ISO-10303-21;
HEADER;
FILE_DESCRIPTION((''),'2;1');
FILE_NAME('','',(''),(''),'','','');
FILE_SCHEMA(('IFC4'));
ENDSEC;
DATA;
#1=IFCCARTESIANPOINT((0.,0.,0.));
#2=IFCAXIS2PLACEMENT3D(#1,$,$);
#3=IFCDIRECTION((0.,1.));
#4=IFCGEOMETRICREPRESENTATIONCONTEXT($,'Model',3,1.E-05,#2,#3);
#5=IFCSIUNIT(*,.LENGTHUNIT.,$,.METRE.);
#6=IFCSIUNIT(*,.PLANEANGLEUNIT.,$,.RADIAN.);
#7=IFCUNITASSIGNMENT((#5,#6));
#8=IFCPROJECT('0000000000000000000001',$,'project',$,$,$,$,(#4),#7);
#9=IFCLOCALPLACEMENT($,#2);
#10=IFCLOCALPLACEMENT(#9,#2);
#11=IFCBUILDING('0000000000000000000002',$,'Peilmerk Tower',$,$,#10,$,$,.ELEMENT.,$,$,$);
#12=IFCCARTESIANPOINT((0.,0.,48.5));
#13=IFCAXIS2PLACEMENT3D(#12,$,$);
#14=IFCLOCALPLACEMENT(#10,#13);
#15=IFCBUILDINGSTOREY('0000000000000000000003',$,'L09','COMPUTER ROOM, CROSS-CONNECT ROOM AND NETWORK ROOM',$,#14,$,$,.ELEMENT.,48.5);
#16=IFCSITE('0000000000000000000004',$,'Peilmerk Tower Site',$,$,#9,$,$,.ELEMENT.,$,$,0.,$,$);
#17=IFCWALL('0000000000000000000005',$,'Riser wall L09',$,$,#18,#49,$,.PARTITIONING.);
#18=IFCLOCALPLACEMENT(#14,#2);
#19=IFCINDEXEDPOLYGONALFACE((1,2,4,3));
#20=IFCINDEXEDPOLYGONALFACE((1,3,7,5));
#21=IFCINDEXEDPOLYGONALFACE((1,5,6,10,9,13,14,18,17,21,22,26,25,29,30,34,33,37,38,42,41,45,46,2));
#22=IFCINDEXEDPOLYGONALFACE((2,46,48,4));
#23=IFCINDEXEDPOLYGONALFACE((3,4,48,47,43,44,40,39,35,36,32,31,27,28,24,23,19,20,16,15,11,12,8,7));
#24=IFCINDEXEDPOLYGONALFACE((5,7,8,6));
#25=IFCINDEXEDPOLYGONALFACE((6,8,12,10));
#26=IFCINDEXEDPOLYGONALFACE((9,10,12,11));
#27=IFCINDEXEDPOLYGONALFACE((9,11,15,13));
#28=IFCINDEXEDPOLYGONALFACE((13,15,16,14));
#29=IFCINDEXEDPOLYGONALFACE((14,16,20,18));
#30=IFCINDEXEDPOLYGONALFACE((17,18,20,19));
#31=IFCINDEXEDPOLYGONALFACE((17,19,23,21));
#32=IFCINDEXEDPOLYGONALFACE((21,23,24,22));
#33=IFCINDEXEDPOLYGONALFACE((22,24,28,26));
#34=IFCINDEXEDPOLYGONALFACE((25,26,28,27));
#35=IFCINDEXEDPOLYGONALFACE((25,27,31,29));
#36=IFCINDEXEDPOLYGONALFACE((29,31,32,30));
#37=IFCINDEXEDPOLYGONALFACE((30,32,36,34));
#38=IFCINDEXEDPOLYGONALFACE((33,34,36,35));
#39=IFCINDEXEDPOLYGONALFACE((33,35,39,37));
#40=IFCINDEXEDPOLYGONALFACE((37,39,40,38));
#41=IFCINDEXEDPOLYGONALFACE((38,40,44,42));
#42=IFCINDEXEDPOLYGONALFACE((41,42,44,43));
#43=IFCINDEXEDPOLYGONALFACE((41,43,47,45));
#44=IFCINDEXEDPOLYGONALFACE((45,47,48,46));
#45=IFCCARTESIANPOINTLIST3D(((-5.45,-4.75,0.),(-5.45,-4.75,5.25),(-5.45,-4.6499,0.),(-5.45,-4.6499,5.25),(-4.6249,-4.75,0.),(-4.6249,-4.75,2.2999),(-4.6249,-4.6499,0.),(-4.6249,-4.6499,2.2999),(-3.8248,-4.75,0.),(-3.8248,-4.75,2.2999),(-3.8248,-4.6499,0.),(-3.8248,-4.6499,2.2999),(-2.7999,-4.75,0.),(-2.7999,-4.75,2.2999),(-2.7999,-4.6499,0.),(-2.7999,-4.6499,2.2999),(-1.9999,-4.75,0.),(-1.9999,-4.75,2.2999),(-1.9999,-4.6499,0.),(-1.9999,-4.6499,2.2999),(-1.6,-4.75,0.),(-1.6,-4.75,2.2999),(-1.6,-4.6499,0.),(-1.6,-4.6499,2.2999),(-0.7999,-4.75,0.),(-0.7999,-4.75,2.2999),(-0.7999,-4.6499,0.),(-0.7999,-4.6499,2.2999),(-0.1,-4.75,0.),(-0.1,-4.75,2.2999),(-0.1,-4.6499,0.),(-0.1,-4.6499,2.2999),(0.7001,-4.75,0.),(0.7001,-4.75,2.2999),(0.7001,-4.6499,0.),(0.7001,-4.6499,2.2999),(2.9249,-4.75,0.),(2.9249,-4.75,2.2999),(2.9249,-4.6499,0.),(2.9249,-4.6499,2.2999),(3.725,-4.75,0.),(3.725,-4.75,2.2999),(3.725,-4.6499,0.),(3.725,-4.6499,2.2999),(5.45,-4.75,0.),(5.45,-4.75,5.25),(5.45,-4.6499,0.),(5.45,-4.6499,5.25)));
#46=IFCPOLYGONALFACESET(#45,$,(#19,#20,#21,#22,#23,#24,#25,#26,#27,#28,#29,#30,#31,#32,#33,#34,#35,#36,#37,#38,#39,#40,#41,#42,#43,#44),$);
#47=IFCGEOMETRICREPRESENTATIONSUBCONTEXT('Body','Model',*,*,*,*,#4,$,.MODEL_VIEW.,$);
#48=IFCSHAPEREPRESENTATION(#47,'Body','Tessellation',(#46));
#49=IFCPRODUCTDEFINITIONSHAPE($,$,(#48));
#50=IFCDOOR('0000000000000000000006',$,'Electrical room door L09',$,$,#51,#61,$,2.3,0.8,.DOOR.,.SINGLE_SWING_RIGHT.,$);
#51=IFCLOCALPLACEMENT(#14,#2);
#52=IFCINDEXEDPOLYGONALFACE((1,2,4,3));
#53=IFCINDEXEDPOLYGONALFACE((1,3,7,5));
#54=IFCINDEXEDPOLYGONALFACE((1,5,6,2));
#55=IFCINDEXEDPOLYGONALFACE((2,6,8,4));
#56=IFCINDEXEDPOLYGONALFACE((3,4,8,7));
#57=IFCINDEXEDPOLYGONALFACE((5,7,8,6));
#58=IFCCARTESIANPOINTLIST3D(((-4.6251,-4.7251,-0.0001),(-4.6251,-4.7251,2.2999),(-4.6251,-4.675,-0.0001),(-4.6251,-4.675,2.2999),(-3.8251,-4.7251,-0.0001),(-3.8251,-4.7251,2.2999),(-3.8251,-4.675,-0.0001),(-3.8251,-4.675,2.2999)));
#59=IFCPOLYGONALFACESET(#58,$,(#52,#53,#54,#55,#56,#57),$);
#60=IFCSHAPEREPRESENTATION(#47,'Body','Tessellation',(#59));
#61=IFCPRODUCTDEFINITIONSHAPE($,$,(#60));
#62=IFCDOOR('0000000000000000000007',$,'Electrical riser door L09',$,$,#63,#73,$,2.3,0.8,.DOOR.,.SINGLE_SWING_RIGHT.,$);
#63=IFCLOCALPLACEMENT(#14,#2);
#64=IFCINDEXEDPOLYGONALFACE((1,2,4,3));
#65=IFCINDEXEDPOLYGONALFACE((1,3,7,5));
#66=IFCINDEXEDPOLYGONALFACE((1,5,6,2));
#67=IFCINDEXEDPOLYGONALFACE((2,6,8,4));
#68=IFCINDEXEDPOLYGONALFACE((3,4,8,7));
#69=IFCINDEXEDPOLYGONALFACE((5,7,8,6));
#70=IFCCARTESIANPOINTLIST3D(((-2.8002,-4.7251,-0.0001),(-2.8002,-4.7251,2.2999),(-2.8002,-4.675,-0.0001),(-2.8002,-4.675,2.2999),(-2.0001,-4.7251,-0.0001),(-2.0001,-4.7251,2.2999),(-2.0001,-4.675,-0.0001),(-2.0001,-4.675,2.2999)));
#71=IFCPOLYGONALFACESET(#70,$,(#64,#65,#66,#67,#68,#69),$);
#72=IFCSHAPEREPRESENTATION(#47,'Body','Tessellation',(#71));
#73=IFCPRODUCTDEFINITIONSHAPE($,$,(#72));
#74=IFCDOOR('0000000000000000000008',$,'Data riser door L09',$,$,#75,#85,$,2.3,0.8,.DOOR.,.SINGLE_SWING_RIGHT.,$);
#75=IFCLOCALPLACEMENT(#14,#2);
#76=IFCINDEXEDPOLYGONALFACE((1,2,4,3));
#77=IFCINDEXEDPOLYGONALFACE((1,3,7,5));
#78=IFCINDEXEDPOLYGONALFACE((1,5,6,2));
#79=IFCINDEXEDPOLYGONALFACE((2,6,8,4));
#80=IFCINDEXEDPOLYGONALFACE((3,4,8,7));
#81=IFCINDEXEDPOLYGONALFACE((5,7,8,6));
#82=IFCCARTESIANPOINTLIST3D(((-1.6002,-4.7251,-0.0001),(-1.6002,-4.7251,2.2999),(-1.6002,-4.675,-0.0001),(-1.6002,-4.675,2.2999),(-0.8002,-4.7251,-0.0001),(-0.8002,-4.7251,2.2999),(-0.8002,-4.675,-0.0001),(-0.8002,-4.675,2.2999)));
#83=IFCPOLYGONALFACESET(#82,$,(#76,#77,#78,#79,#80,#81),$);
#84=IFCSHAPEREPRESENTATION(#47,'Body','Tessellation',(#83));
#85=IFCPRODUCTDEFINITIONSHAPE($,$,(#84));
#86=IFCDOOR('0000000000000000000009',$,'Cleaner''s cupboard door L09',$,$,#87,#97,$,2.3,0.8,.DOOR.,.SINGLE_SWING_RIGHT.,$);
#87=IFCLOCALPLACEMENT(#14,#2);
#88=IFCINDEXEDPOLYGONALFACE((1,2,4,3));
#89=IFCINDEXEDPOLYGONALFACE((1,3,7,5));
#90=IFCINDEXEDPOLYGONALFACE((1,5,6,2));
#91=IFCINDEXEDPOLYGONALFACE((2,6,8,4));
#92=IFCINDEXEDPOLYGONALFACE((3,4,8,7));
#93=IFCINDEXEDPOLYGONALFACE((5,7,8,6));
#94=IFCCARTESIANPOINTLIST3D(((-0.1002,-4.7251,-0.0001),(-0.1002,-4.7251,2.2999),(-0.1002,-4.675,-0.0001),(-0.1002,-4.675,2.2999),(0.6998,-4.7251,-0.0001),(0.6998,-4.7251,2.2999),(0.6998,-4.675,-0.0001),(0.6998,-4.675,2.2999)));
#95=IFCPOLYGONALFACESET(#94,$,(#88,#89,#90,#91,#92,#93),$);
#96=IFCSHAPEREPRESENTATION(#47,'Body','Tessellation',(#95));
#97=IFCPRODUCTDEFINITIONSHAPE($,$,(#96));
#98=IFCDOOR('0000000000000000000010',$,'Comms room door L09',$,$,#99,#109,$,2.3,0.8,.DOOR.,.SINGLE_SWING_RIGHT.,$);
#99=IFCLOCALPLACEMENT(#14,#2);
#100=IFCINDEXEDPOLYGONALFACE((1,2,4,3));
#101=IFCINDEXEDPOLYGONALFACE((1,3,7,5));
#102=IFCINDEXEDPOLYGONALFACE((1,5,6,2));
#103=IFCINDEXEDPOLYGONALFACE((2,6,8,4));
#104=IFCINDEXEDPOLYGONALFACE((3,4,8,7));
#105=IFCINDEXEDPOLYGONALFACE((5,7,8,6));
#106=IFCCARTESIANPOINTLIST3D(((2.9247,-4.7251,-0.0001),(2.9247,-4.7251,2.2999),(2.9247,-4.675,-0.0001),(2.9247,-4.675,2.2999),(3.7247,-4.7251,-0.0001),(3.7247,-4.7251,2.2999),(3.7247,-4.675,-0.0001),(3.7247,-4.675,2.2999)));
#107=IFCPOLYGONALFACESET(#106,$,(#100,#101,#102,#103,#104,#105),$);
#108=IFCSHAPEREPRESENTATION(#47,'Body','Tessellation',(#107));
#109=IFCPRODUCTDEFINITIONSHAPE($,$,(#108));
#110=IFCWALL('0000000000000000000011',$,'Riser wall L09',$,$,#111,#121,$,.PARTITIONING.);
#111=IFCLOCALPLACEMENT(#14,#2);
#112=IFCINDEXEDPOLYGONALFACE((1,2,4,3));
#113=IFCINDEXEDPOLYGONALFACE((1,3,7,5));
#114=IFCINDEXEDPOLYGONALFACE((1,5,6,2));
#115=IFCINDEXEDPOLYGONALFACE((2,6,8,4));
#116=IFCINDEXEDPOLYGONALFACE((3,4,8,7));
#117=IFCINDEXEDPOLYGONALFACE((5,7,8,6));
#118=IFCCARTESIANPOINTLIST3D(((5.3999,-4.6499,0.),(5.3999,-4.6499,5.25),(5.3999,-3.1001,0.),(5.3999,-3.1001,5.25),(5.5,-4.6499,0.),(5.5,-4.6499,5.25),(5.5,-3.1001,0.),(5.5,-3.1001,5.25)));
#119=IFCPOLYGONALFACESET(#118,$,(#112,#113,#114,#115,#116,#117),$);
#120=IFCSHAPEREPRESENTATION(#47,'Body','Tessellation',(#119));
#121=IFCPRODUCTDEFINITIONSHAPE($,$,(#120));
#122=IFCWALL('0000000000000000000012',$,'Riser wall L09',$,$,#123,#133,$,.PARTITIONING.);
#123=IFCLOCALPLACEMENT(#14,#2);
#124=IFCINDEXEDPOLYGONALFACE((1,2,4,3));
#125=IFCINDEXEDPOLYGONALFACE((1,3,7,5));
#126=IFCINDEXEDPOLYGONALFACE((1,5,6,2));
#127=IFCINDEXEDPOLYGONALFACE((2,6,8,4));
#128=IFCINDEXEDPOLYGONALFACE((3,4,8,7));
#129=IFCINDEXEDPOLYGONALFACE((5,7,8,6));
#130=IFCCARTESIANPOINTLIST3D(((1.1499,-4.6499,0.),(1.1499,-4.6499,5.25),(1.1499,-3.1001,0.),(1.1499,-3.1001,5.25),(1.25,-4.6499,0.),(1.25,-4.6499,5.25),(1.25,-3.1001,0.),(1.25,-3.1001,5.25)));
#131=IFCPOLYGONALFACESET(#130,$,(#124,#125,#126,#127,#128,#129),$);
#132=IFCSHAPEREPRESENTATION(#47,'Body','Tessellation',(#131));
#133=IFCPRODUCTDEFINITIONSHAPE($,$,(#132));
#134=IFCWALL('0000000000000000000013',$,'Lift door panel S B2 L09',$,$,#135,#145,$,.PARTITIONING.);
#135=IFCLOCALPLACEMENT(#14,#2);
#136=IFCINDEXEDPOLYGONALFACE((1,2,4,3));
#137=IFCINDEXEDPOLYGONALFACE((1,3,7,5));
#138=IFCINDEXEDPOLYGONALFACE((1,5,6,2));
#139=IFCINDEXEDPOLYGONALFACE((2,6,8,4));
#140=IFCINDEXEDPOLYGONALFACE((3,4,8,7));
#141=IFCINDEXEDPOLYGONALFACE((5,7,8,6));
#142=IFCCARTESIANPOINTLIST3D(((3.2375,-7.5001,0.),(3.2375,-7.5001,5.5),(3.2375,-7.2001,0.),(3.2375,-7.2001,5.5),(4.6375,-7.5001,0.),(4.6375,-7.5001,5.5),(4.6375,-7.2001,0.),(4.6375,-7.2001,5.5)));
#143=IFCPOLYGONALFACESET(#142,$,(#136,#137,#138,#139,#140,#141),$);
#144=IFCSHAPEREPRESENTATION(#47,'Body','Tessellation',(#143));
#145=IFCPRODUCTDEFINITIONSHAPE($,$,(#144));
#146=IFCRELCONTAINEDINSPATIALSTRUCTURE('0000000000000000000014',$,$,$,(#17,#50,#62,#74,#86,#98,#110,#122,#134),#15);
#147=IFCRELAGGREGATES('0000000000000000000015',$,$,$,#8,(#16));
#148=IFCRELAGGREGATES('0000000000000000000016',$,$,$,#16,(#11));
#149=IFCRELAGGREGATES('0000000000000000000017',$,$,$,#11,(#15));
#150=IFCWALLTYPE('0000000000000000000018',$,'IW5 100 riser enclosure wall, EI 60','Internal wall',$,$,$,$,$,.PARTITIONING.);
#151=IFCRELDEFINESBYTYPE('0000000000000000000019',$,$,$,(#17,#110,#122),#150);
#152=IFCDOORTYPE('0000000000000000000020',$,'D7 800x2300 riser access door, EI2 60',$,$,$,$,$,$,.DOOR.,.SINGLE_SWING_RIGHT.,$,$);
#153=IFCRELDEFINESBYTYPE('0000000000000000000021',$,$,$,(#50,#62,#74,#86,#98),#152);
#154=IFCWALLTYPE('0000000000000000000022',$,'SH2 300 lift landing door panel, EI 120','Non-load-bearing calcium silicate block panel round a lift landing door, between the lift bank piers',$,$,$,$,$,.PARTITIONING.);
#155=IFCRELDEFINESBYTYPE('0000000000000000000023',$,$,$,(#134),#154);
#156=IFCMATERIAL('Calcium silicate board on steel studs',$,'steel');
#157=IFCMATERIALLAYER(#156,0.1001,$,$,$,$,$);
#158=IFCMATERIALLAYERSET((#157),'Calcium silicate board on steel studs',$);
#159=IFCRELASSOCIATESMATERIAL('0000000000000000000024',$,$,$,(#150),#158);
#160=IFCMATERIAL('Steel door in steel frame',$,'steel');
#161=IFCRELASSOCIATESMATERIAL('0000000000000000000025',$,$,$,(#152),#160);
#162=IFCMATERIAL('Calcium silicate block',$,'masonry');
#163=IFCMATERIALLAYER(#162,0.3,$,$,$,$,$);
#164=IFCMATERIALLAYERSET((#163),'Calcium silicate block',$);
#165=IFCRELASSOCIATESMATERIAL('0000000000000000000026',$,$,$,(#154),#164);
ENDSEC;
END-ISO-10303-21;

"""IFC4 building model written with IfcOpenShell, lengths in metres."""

from ifc_helpers import new_model, si_unit, direction, frame, frame_2d, origin, place, context, subcontext, project, spatial, rectangle, extrude, material, layer, layer_set, type_object, element, fill, save


model = new_model("IFC4")

# Units and contexts
model_context = context("Model", 3, precision=1e-05, world=origin(), true_north=direction((0.0, 1.0)))
body_context = subcontext(model_context, "Body", "Model", "MODEL_VIEW")
ifc_project = project(units=[si_unit("LENGTHUNIT", "METRE"), si_unit("PLANEANGLEUNIT", "RADIAN")], contexts=[model_context])

# Site, building, storey
site_placement = place(None, origin())
site = spatial("IfcSite", under=ifc_project, at=site_placement, Name="Peilmerk Tower Site", CompositionType="ELEMENT", RefElevation=0.0)
building_placement = place(site_placement, origin())
building = spatial("IfcBuilding", under=site, at=building_placement, Name="Peilmerk Tower", CompositionType="ELEMENT")
storey_placement = place(building_placement, frame((0.0, 0.0, 48.5)))
storey = spatial("IfcBuildingStorey", under=building, at=storey_placement, Name="L09", Description="COMPUTER ROOM, CROSS-CONNECT ROOM AND NETWORK ROOM", CompositionType="ELEMENT", Elevation=48.5)

# Shared definitions
ifc_material_1 = material(Name="Steel door in steel frame", Category="steel")

# Shared definitions
ifc_material_2 = material(Name="Calcium silicate board on steel studs", Category="steel")
ifc_layer_1 = layer(ifc_material_2, 0.1001)
ifc_layer_set_1 = layer_set([ifc_layer_1], Name="Calcium silicate board on steel studs")
wall_type_1 = type_object("IfcWallType", Name="IW5 100 riser enclosure wall, EI 60", Description="Internal wall", PredefinedType="PARTITIONING", material=ifc_layer_set_1)

# Wall, openings, doors
wall_1_placement = place(storey_placement, frame((5.45, -4.7, 0.0), z_axis=(0.0, 0.0, 1.0), x_axis=(-1.0, 0.0, 0.0)))
wall_1 = element("IfcWall", 1, at=wall_1_placement, inside=storey, type_object=wall_type_1, Name="Riser wall L09", PredefinedType="PARTITIONING", context=body_context, shape_type="SweptSolid", body=[
    extrude(rectangle(XDim=10.8999, YDim=0.1001, at=frame_2d((5.45, 0.0))), origin(), (0.0, 0.0, 1.0), 5.25),
])
opening_1_placement = place(wall_1_placement, frame((9.2749, 0.0, 0.0)))
opening_1 = element("IfcOpeningElement", 2, at=opening_1_placement, cuts=wall_1, PredefinedType="OPENING", context=body_context, shape_type="SweptSolid", body=[
    extrude(rectangle(XDim=0.8, YDim=2.3, at=frame_2d((0.3999, 1.1499))), frame((0.0, 0.0601, 0.0), z_axis=(0.0, -1.0, 0.0), x_axis=(1.0, 0.0, 0.0)), (0.0, 0.0, 1.0), 0.1201),
])
opening_2_placement = place(wall_1_placement, frame((7.45, 0.0, 0.0)))
opening_2 = element("IfcOpeningElement", 3, at=opening_2_placement, cuts=wall_1, PredefinedType="OPENING", context=body_context, shape_type="SweptSolid", body=[
    extrude(rectangle(XDim=0.8, YDim=2.3, at=frame_2d((0.3999, 1.1499))), frame((0.0, 0.0601, 0.0), z_axis=(0.0, -1.0, 0.0), x_axis=(1.0, 0.0, 0.0)), (0.0, 0.0, 1.0), 0.1201),
])
opening_3_placement = place(wall_1_placement, frame((6.25, 0.0, 0.0)))
opening_3 = element("IfcOpeningElement", 4, at=opening_3_placement, cuts=wall_1, PredefinedType="OPENING", context=body_context, shape_type="SweptSolid", body=[
    extrude(rectangle(XDim=0.8, YDim=2.3, at=frame_2d((0.3999, 1.1499))), frame((0.0, 0.0601, 0.0), z_axis=(0.0, -1.0, 0.0), x_axis=(1.0, 0.0, 0.0)), (0.0, 0.0, 1.0), 0.1201),
])
opening_4_placement = place(wall_1_placement, frame((4.75, 0.0, 0.0)))
opening_4 = element("IfcOpeningElement", 5, at=opening_4_placement, cuts=wall_1, PredefinedType="OPENING", context=body_context, shape_type="SweptSolid", body=[
    extrude(rectangle(XDim=0.8, YDim=2.3, at=frame_2d((0.3999, 1.1499))), frame((0.0, 0.0601, 0.0), z_axis=(0.0, -1.0, 0.0), x_axis=(1.0, 0.0, 0.0)), (0.0, 0.0, 1.0), 0.1201),
])
opening_5_placement = place(wall_1_placement, frame((1.7251, 0.0, 0.0)))
opening_5 = element("IfcOpeningElement", 6, at=opening_5_placement, cuts=wall_1, PredefinedType="OPENING", context=body_context, shape_type="SweptSolid", body=[
    extrude(rectangle(XDim=0.8, YDim=2.3, at=frame_2d((0.3999, 1.1499))), frame((0.0, 0.0601, 0.0), z_axis=(0.0, -1.0, 0.0), x_axis=(1.0, 0.0, 0.0)), (0.0, 0.0, 1.0), 0.1201),
])
door_type_1 = type_object("IfcDoorType", Name="D7 800x2300 riser access door, EI2 60", OperationType="SINGLE_SWING_RIGHT", PredefinedType="DOOR", material=ifc_material_1)
door_1_placement = place(opening_1_placement, frame((0.8, 0.0, 0.0), z_axis=(0.0, 0.0, 1.0), x_axis=(-1.0, 0.0, 0.0)))
door_1 = element("IfcDoor", 7, at=door_1_placement, inside=storey, type_object=door_type_1, Name="Electrical room door L09", OperationType="SINGLE_SWING_RIGHT", OverallHeight=2.3, OverallWidth=0.8, PredefinedType="DOOR", context=body_context, shape_type="SweptSolid", body=[
    extrude(rectangle(XDim=0.8, YDim=2.3, at=frame_2d((0.3999, 1.1499))), frame((0.0, 0.0249, 0.0), z_axis=(0.0, -1.0, 0.0), x_axis=(1.0, 0.0, 0.0)), (0.0, 0.0, 1.0), 0.05),
])
fill(opening_1, door_1)
door_2_placement = place(opening_2_placement, frame((0.8, 0.0, 0.0), z_axis=(0.0, 0.0, 1.0), x_axis=(-1.0, 0.0, 0.0)))
door_2 = element("IfcDoor", 8, at=door_2_placement, inside=storey, type_object=door_type_1, Name="Electrical riser door L09", OperationType="SINGLE_SWING_RIGHT", OverallHeight=2.3, OverallWidth=0.8, PredefinedType="DOOR", context=body_context, shape_type="SweptSolid", body=[
    extrude(rectangle(XDim=0.8, YDim=2.3, at=frame_2d((0.3999, 1.1499))), frame((0.0, 0.0249, 0.0), z_axis=(0.0, -1.0, 0.0), x_axis=(1.0, 0.0, 0.0)), (0.0, 0.0, 1.0), 0.05),
])
fill(opening_2, door_2)
door_3_placement = place(opening_3_placement, frame((0.8, 0.0, 0.0), z_axis=(0.0, 0.0, 1.0), x_axis=(-1.0, 0.0, 0.0)))
door_3 = element("IfcDoor", 9, at=door_3_placement, inside=storey, type_object=door_type_1, Name="Data riser door L09", OperationType="SINGLE_SWING_RIGHT", OverallHeight=2.3, OverallWidth=0.8, PredefinedType="DOOR", context=body_context, shape_type="SweptSolid", body=[
    extrude(rectangle(XDim=0.8, YDim=2.3, at=frame_2d((0.3999, 1.1499))), frame((0.0, 0.0249, 0.0), z_axis=(0.0, -1.0, 0.0), x_axis=(1.0, 0.0, 0.0)), (0.0, 0.0, 1.0), 0.05),
])
fill(opening_3, door_3)
door_4_placement = place(opening_4_placement, frame((0.8, 0.0, 0.0), z_axis=(0.0, 0.0, 1.0), x_axis=(-1.0, 0.0, 0.0)))
door_4 = element("IfcDoor", 10, at=door_4_placement, inside=storey, type_object=door_type_1, Name="Cleaner's cupboard door L09", OperationType="SINGLE_SWING_RIGHT", OverallHeight=2.3, OverallWidth=0.8, PredefinedType="DOOR", context=body_context, shape_type="SweptSolid", body=[
    extrude(rectangle(XDim=0.8, YDim=2.3, at=frame_2d((0.3999, 1.1499))), frame((0.0, 0.0249, 0.0), z_axis=(0.0, -1.0, 0.0), x_axis=(1.0, 0.0, 0.0)), (0.0, 0.0, 1.0), 0.05),
])
fill(opening_4, door_4)
door_5_placement = place(opening_5_placement, frame((0.8, 0.0, 0.0), z_axis=(0.0, 0.0, 1.0), x_axis=(-1.0, 0.0, 0.0)))
door_5 = element("IfcDoor", 11, at=door_5_placement, inside=storey, type_object=door_type_1, Name="Comms room door L09", OperationType="SINGLE_SWING_RIGHT", OverallHeight=2.3, OverallWidth=0.8, PredefinedType="DOOR", context=body_context, shape_type="SweptSolid", body=[
    extrude(rectangle(XDim=0.8, YDim=2.3, at=frame_2d((0.3999, 1.1499))), frame((0.0, 0.0249, 0.0), z_axis=(0.0, -1.0, 0.0), x_axis=(1.0, 0.0, 0.0)), (0.0, 0.0, 1.0), 0.05),
])
fill(opening_5, door_5)

# Walls
for number, where, z_axis, x_axis, name in (
    (12, (5.45, -3.1001, 0.0), (0.0, 0.0, 1.0), (0.0, -1.0, 0.0), "Riser wall L09"),
    (13, (1.2, -3.1001, 0.0), (0.0, 0.0, 1.0), (0.0, -1.0, 0.0), "Riser wall L09"),
):
    element("IfcWall", number, at=place(storey_placement, frame(where, z_axis=z_axis, x_axis=x_axis)), inside=storey, type_object=wall_type_1, Name=name, PredefinedType="PARTITIONING", context=body_context, shape_type="SweptSolid", body=[
        extrude(rectangle(XDim=1.5498, YDim=0.1001, at=frame_2d((0.7749, 0.0))), origin(), (0.0, 0.0, 1.0), 5.25),
    ])
ifc_material_3 = material(Name="Calcium silicate block", Category="masonry")
ifc_layer_2 = layer(ifc_material_3, 0.3)
ifc_layer_set_2 = layer_set([ifc_layer_2], Name="Calcium silicate block")
wall_type_2 = type_object("IfcWallType", Name="SH2 300 lift landing door panel, EI 120", Description="Non-load-bearing calcium silicate block panel round a lift landing door, between the lift bank piers", PredefinedType="PARTITIONING", material=ifc_layer_set_2)
wall_2_placement = place(storey_placement, frame((3.2375, -7.3501, 0.0), z_axis=(0.0, 0.0, 1.0), x_axis=(1.0, 0.0, 0.0)))
element("IfcWall", 14, at=wall_2_placement, inside=storey, type_object=wall_type_2, Name="Lift door panel S B2 L09", PredefinedType="PARTITIONING", context=body_context, shape_type="SweptSolid", body=[
    extrude(rectangle(XDim=1.3999, YDim=0.3, at=frame_2d((0.7, 0.0))), origin(), (0.0, 0.0, 1.0), 5.5),
])

save(model, "model.ifc")
